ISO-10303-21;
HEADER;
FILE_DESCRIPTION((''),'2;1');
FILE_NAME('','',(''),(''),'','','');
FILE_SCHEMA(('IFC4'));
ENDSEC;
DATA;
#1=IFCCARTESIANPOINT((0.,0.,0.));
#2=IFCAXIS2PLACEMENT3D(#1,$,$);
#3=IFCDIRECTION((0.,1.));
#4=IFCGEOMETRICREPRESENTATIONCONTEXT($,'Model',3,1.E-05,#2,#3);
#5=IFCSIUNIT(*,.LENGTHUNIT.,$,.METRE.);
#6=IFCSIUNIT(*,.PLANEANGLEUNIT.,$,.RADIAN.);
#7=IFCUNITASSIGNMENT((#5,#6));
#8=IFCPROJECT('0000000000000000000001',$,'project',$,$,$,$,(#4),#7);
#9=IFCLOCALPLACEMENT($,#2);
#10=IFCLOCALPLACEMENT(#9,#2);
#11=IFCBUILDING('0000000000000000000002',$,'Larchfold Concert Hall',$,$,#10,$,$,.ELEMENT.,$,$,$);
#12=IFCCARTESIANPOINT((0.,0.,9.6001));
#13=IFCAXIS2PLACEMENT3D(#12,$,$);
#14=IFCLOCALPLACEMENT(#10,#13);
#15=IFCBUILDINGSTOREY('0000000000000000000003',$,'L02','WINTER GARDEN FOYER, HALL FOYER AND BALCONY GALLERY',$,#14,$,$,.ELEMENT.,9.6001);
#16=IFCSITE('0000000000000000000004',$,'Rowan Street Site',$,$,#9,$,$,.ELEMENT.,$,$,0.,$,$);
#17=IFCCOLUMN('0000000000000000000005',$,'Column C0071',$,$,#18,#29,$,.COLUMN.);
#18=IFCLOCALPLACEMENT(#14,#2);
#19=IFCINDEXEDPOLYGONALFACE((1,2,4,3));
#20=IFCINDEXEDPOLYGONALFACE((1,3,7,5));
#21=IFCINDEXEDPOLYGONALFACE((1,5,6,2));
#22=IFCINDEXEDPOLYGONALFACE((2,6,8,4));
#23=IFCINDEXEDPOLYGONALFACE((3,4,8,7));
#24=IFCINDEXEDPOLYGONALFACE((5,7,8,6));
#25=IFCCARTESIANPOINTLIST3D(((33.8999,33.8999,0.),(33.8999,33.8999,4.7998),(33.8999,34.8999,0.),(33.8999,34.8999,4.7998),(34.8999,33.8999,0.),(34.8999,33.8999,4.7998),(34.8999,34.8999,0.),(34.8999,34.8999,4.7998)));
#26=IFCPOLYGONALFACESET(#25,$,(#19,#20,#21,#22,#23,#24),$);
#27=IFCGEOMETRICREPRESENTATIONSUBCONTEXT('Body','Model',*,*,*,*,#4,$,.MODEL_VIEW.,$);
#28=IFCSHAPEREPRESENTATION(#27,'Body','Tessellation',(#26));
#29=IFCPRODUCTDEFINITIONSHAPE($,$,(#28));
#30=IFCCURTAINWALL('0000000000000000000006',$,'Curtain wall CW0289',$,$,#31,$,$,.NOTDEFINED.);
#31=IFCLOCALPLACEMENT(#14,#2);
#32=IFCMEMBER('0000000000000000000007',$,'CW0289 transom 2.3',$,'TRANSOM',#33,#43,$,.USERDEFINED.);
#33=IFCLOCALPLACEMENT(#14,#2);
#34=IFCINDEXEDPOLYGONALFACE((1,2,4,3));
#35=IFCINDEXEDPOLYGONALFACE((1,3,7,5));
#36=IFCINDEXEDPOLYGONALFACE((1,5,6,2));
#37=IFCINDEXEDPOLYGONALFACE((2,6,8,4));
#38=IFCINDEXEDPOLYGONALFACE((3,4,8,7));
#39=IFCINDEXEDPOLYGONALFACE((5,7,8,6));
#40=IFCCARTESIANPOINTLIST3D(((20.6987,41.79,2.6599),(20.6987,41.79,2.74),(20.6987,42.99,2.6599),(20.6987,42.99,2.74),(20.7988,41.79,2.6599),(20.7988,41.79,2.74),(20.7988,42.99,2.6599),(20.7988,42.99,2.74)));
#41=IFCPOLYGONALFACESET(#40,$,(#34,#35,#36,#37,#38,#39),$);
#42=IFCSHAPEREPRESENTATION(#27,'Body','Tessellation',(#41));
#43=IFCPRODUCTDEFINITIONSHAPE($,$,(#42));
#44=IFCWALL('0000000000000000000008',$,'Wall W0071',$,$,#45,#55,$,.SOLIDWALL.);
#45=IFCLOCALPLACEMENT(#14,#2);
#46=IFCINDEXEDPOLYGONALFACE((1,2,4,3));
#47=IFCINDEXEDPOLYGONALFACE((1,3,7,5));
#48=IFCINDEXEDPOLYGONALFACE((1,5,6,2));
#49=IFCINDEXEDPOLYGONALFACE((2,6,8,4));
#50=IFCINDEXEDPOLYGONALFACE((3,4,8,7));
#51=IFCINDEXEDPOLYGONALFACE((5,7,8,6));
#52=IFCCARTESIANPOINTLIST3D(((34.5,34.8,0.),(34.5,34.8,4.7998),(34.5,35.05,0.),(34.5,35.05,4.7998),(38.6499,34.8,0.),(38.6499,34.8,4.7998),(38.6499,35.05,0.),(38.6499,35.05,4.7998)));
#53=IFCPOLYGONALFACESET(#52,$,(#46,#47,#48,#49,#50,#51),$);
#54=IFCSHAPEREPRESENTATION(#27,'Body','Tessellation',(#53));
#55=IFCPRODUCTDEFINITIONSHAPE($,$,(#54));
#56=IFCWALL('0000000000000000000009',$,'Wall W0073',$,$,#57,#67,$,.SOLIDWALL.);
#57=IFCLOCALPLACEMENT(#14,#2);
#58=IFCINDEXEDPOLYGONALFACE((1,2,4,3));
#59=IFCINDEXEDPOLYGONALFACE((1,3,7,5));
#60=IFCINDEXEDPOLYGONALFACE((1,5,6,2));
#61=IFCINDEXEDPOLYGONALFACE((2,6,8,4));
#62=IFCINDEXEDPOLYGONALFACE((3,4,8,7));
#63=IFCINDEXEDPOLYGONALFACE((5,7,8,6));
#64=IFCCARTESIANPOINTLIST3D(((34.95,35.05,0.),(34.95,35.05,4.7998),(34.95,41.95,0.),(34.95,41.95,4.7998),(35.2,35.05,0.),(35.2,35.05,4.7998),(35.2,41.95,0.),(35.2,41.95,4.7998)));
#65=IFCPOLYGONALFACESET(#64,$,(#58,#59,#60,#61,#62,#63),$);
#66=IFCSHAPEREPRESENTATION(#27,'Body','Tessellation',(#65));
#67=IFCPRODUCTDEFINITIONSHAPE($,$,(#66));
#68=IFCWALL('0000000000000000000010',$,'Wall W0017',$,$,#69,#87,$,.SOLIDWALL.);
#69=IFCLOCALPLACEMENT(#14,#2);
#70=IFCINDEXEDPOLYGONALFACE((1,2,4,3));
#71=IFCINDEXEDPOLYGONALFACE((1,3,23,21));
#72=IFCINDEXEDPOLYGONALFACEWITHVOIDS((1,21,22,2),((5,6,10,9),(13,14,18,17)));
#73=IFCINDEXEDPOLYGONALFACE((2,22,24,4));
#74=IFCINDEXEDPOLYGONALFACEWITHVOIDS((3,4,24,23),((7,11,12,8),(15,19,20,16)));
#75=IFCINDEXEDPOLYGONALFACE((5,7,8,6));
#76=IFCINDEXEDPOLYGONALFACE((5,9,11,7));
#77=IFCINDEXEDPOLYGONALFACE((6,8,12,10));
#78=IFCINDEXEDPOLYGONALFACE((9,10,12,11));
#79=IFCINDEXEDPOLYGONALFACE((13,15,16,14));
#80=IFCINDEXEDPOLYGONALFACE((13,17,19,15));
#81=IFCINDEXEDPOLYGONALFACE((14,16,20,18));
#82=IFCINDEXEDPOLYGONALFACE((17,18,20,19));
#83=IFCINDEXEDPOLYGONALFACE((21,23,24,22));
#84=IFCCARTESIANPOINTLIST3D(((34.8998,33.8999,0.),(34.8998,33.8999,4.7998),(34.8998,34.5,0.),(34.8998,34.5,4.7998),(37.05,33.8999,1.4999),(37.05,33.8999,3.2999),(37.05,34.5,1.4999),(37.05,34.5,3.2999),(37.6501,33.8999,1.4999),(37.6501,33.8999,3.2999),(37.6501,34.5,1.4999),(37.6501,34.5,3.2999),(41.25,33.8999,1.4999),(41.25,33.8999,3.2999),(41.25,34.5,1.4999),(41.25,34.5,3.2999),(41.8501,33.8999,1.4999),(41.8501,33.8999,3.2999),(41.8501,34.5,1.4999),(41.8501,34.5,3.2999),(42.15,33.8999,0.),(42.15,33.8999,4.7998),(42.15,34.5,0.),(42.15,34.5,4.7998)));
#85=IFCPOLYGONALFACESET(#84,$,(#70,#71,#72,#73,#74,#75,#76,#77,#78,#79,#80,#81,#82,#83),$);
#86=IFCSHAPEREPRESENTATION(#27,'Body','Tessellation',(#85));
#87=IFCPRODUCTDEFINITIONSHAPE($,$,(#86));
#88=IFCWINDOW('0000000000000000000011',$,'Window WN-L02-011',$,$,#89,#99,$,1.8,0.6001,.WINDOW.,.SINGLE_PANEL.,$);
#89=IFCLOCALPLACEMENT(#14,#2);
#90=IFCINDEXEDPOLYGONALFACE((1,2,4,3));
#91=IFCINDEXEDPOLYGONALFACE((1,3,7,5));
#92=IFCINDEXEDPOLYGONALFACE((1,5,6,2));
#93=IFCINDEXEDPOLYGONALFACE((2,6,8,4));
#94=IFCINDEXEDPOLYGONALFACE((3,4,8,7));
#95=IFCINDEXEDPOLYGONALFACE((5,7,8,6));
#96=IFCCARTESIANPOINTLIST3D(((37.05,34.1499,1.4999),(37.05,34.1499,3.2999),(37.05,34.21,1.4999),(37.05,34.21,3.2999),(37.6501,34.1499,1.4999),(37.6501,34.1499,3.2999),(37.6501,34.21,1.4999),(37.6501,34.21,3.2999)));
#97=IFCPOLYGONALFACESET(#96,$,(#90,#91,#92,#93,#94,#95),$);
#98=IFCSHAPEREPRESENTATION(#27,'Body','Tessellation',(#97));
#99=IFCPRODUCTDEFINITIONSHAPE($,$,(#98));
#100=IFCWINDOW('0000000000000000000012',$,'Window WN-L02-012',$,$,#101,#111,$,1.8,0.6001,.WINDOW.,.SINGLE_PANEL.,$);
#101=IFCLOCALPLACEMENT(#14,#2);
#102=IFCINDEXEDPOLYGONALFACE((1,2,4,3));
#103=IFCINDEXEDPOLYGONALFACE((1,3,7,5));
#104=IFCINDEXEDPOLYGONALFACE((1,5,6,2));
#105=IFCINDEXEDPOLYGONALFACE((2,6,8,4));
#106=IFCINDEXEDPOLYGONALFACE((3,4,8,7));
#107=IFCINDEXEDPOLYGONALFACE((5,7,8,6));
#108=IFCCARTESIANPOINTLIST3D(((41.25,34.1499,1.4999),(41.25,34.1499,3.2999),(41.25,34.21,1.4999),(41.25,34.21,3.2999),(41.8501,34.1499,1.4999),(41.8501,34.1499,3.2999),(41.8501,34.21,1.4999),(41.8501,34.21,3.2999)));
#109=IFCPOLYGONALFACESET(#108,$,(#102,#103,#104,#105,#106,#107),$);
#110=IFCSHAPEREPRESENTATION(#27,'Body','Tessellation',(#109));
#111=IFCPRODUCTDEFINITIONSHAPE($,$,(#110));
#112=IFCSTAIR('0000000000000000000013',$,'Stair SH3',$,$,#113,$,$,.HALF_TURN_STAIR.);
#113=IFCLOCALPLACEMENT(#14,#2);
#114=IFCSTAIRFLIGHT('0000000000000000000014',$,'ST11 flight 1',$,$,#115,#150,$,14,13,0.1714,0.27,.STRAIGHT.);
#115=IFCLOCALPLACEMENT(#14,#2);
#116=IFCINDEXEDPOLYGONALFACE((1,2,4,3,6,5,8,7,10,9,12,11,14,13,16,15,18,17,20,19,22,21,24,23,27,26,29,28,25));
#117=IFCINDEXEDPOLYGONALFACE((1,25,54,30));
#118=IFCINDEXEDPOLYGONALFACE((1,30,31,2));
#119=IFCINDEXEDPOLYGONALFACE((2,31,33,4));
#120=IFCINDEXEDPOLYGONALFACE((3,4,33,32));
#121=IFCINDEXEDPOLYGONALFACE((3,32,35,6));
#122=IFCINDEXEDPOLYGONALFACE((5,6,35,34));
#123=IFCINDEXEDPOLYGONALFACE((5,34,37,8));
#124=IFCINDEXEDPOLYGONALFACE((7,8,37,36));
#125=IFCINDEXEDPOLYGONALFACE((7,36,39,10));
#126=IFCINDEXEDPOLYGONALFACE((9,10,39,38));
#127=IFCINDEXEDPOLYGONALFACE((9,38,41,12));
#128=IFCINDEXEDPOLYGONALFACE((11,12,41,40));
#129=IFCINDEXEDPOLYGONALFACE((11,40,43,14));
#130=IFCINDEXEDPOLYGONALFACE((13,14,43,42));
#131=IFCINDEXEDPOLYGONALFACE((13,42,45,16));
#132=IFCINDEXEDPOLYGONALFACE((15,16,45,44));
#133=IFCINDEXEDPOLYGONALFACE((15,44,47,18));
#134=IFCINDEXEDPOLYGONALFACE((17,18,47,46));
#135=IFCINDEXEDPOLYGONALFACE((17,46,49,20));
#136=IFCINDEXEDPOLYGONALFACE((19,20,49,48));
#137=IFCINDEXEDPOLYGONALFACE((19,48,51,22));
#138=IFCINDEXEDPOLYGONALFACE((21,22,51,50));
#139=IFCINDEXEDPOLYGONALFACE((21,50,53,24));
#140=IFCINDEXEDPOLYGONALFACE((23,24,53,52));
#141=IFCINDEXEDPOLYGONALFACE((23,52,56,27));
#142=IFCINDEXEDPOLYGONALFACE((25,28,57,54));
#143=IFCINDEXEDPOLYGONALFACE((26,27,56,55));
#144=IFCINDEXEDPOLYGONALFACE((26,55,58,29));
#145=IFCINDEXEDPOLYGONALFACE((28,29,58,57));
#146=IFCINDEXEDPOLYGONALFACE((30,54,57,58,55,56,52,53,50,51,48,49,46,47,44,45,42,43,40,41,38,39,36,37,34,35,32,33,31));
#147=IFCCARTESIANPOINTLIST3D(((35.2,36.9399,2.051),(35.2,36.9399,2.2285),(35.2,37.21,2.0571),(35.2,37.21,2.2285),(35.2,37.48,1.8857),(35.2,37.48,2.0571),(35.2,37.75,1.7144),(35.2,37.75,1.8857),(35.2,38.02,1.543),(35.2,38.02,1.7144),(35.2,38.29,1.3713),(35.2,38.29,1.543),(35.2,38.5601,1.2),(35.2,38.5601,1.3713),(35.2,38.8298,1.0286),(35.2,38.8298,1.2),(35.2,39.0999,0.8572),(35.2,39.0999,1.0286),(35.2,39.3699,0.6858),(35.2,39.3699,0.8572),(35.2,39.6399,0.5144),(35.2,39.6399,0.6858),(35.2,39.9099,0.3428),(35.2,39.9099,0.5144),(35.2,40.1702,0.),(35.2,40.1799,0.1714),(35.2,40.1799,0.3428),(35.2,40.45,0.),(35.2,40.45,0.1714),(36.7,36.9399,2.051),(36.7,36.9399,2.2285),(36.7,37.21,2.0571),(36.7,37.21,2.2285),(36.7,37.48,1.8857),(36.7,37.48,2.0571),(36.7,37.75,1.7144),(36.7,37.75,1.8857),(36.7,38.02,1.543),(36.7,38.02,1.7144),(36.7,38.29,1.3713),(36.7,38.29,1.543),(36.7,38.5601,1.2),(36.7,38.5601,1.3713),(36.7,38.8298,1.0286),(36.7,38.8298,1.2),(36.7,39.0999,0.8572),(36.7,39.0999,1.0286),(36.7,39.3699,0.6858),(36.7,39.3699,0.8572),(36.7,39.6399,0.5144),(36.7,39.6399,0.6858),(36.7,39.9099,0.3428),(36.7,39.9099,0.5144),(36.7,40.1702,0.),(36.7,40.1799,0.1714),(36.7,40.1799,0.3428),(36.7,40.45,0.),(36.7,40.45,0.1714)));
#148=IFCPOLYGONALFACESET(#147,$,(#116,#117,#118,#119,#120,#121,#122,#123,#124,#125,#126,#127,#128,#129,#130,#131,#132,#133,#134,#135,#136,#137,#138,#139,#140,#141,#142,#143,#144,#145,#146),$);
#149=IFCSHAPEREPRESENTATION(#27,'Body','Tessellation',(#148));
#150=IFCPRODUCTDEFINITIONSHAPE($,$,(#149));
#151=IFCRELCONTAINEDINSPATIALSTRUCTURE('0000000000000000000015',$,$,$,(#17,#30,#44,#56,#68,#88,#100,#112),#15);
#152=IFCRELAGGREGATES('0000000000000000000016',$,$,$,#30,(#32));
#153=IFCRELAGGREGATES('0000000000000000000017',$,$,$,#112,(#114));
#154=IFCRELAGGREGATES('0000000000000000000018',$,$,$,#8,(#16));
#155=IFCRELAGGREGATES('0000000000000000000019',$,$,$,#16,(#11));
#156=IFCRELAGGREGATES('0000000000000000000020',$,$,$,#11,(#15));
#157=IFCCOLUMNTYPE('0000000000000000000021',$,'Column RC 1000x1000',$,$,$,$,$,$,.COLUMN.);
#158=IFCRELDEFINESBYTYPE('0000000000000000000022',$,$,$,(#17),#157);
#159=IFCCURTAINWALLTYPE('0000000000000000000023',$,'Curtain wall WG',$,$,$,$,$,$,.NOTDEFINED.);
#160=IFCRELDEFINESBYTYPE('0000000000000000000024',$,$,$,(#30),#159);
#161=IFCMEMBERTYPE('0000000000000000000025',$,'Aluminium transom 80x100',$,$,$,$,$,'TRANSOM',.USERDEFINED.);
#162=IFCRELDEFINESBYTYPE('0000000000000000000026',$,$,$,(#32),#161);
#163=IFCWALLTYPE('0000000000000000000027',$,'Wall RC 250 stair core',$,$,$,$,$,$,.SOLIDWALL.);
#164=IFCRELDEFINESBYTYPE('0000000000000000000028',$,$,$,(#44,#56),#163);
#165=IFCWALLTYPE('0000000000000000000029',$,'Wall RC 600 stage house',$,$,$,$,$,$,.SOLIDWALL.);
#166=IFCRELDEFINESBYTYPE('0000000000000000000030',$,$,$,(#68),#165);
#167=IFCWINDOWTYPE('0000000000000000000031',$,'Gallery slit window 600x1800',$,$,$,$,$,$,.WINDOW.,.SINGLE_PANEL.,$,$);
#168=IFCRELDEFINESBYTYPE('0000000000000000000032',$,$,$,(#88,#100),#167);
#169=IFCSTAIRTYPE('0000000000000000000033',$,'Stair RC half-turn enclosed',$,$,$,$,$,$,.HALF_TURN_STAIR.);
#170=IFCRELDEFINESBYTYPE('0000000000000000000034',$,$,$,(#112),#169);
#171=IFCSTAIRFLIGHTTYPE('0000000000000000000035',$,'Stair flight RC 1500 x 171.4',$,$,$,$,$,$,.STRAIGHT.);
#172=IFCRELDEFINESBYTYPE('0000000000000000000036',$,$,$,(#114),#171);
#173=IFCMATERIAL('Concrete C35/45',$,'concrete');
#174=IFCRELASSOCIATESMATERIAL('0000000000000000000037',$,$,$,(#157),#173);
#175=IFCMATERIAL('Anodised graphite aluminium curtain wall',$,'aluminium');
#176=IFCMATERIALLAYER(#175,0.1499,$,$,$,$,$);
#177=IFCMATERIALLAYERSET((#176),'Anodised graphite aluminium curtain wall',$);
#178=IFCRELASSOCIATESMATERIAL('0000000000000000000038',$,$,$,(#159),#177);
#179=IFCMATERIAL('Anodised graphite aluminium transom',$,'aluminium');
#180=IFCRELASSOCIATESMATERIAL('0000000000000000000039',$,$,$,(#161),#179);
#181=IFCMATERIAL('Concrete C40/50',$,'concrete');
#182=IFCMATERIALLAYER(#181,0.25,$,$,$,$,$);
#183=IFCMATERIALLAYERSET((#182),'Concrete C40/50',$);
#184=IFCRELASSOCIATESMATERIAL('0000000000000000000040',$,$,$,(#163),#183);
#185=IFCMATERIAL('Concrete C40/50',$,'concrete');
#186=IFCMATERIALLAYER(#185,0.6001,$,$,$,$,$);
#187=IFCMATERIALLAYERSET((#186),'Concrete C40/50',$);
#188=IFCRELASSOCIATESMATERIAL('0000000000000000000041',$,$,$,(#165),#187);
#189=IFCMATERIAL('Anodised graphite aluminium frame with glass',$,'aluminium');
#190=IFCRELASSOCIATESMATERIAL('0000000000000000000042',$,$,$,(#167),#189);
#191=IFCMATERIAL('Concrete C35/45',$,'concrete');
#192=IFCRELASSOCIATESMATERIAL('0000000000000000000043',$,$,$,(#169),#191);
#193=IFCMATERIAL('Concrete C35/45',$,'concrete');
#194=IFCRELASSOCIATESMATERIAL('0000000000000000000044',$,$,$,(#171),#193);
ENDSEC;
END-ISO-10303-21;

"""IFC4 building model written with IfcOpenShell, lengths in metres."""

from ifc_helpers import new_model, si_unit, direction, frame, frame_2d, origin, origin_2d, place, context, subcontext, project, spatial, polyline, rectangle, outline, extrude, material, layer, layer_set, material_profile, profile_set, type_object, element, fill, aggregate, save


model = new_model("IFC4")

# Units and contexts
model_context = context("Model", 3, precision=1e-05, world=origin(), true_north=direction((0.0, 1.0)))
body_context = subcontext(model_context, "Body", "Model", "MODEL_VIEW")
ifc_project = project(units=[si_unit("LENGTHUNIT", "METRE"), si_unit("PLANEANGLEUNIT", "RADIAN")], contexts=[model_context])

# Site, building, storey
site_placement = place(None, origin())
site = spatial("IfcSite", under=ifc_project, at=site_placement, Name="Rowan Street Site", CompositionType="ELEMENT", RefElevation=0.0)
building_placement = place(site_placement, origin())
building = spatial("IfcBuilding", under=site, at=building_placement, Name="Larchfold Concert Hall", CompositionType="ELEMENT")
storey_placement = place(building_placement, frame((0.0, 0.0, 9.6001)))
storey = spatial("IfcBuildingStorey", under=building, at=storey_placement, Name="L02", Description="WINTER GARDEN FOYER, HALL FOYER AND BALCONY GALLERY", CompositionType="ELEMENT", Elevation=9.6001)

# Column
ifc_material_1 = material(Name="Concrete C35/45", Category="concrete")
ifc_material_profile_1 = material_profile(ifc_material_1, rectangle(XDim=1.0, YDim=1.0, at=origin_2d()))
ifc_profile_set_1 = profile_set([ifc_material_profile_1], Name="Concrete C35/45")
column_type = type_object("IfcColumnType", Name="Column RC 1000x1000", PredefinedType="COLUMN", material=ifc_profile_set_1)
column_placement = place(storey_placement, frame((34.3999, 34.3999, 0.0), z_axis=(0.0, 0.0, 1.0), x_axis=(1.0, 0.0, 0.0)))
element("IfcColumn", 1, at=column_placement, inside=storey, type_object=column_type, Name="Column C0071", PredefinedType="COLUMN", context=body_context, shape_type="SweptSolid", body=[
    extrude(rectangle(XDim=1.0, YDim=1.0, at=origin_2d()), origin(), (0.0, 0.0, 1.0), 4.7998),
])

# Curtain wall, member
ifc_material_2 = material(Name="Anodised graphite aluminium curtain wall", Category="aluminium")
ifc_layer_1 = layer(ifc_material_2, 0.1499)
ifc_layer_set_1 = layer_set([ifc_layer_1], Name="Anodised graphite aluminium curtain wall")
curtain_wall_type = type_object("IfcCurtainWallType", Name="Curtain wall WG", PredefinedType="NOTDEFINED", material=ifc_layer_set_1)
curtain_wall_placement = place(storey_placement, origin())
curtain_wall = element("IfcCurtainWall", 2, at=curtain_wall_placement, inside=storey, type_object=curtain_wall_type, Name="Curtain wall CW0289", PredefinedType="NOTDEFINED")
ifc_material_3 = material(Name="Anodised graphite aluminium transom", Category="aluminium")
ifc_material_profile_2 = material_profile(ifc_material_3, rectangle(XDim=0.1001, YDim=0.0801, at=origin_2d()))
ifc_profile_set_2 = profile_set([ifc_material_profile_2], Name="Anodised graphite aluminium transom")
member_type = type_object("IfcMemberType", Name="Aluminium transom 80x100", ElementType="TRANSOM", PredefinedType="USERDEFINED", material=ifc_profile_set_2)
member_placement = place(storey_placement, frame((20.7488, 41.79, 2.7), z_axis=(0.0, 1.0, 0.0), x_axis=(-1.0, 0.0, 0.0)))
member = element("IfcMember", 3, at=member_placement, type_object=member_type, Name="CW0289 transom 2.3", ObjectType="TRANSOM", PredefinedType="USERDEFINED", context=body_context, shape_type="SweptSolid", body=[
    extrude(rectangle(XDim=0.1001, YDim=0.0801, at=origin_2d()), origin(), (0.0, 0.0, 1.0), 1.2),
])
aggregate(curtain_wall, [member])

# Walls
ifc_material_4 = material(Name="Concrete C40/50", Category="concrete")
ifc_layer_2 = layer(ifc_material_4, 0.25)
ifc_layer_set_2 = layer_set([ifc_layer_2], Name="Concrete C40/50")
wall_type_1 = type_object("IfcWallType", Name="Wall RC 250 stair core", PredefinedType="SOLIDWALL", material=ifc_layer_set_2)
wall_1_placement = place(storey_placement, frame((34.5, 34.925, 0.0), z_axis=(0.0, 0.0, 1.0), x_axis=(1.0, 0.0, 0.0)))
element("IfcWall", 4, at=wall_1_placement, inside=storey, type_object=wall_type_1, Name="Wall W0071", PredefinedType="SOLIDWALL", context=body_context, shape_type="SweptSolid", body=[
    extrude(rectangle(XDim=4.1499, YDim=0.25, at=frame_2d((2.075, 0.0))), origin(), (0.0, 0.0, 1.0), 4.7998),
])
wall_2_placement = place(storey_placement, frame((35.075, 35.05, 0.0), z_axis=(0.0, 0.0, 1.0), x_axis=(0.0, 1.0, 0.0)))
element("IfcWall", 5, at=wall_2_placement, inside=storey, type_object=wall_type_1, Name="Wall W0073", PredefinedType="SOLIDWALL", context=body_context, shape_type="SweptSolid", body=[
    extrude(rectangle(XDim=6.8999, YDim=0.25, at=frame_2d((3.45, 0.0))), origin(), (0.0, 0.0, 1.0), 4.7998),
])

# Wall, openings, windows
ifc_material_5 = material(Name="Concrete C40/50", Category="concrete")
ifc_layer_3 = layer(ifc_material_5, 0.6001)
ifc_layer_set_3 = layer_set([ifc_layer_3], Name="Concrete C40/50")
wall_type_2 = type_object("IfcWallType", Name="Wall RC 600 stage house", PredefinedType="SOLIDWALL", material=ifc_layer_set_3)
wall_3_placement = place(storey_placement, frame((34.8999, 34.2, 0.0), z_axis=(0.0, 0.0, 1.0), x_axis=(1.0, 0.0, 0.0)))
wall_3 = element("IfcWall", 6, at=wall_3_placement, inside=storey, type_object=wall_type_2, Name="Wall W0017", PredefinedType="SOLIDWALL", context=body_context, shape_type="SweptSolid", body=[
    extrude(rectangle(XDim=7.2502, YDim=0.6001, at=frame_2d((3.625, 0.0))), origin(), (0.0, 0.0, 1.0), 4.7998),
])
opening_1_placement = place(wall_3_placement, frame((2.1501, 0.0, 1.5)))
opening_1 = element("IfcOpeningElement", 7, at=opening_1_placement, cuts=wall_3, PredefinedType="OPENING", context=body_context, shape_type="SweptSolid", body=[
    extrude(rectangle(XDim=0.6001, YDim=1.8, at=frame_2d((0.3, 0.8999))), frame((0.0, 0.3101, 0.0), z_axis=(0.0, -1.0, 0.0), x_axis=(1.0, 0.0, 0.0)), (0.0, 0.0, 1.0), 0.6201),
])
opening_2_placement = place(wall_3_placement, frame((6.3501, 0.0, 1.5)))
opening_2 = element("IfcOpeningElement", 8, at=opening_2_placement, cuts=wall_3, PredefinedType="OPENING", context=body_context, shape_type="SweptSolid", body=[
    extrude(rectangle(XDim=0.6001, YDim=1.8, at=frame_2d((0.3, 0.8999))), frame((0.0, 0.3101, 0.0), z_axis=(0.0, -1.0, 0.0), x_axis=(1.0, 0.0, 0.0)), (0.0, 0.0, 1.0), 0.6201),
])
ifc_material_6 = material(Name="Anodised graphite aluminium frame with glass", Category="aluminium")
window_type = type_object("IfcWindowType", Name="Gallery slit window 600x1800", PartitioningType="SINGLE_PANEL", PredefinedType="WINDOW", material=ifc_material_6)
window_1_placement = place(opening_1_placement, origin())
window_1 = element("IfcWindow", 9, at=window_1_placement, inside=storey, type_object=window_type, Name="Window WN-L02-011", OverallHeight=1.8, OverallWidth=0.6001, PartitioningType="SINGLE_PANEL", PredefinedType="WINDOW", context=body_context, shape_type="SweptSolid", body=[
    extrude(rectangle(XDim=0.6001, YDim=1.8, at=frame_2d((0.3, 0.8999))), frame((0.0, 0.01, 0.0), z_axis=(0.0, -1.0, 0.0), x_axis=(1.0, 0.0, 0.0)), (0.0, 0.0, 1.0), 0.0601),
])
fill(opening_1, window_1)
window_2_placement = place(opening_2_placement, origin())
window_2 = element("IfcWindow", 10, at=window_2_placement, inside=storey, type_object=window_type, Name="Window WN-L02-012", OverallHeight=1.8, OverallWidth=0.6001, PartitioningType="SINGLE_PANEL", PredefinedType="WINDOW", context=body_context, shape_type="SweptSolid", body=[
    extrude(rectangle(XDim=0.6001, YDim=1.8, at=frame_2d((0.3, 0.8999))), frame((0.0, 0.01, 0.0), z_axis=(0.0, -1.0, 0.0), x_axis=(1.0, 0.0, 0.0)), (0.0, 0.0, 1.0), 0.0601),
])
fill(opening_2, window_2)

# Stair, stair flight
ifc_material_7 = material(Name="Concrete C35/45", Category="concrete")
stair_type = type_object("IfcStairType", Name="Stair RC half-turn enclosed", PredefinedType="HALF_TURN_STAIR", material=ifc_material_7)
stair_placement = place(storey_placement, origin())
stair = element("IfcStair", 11, at=stair_placement, inside=storey, type_object=stair_type, Name="Stair SH3", PredefinedType="HALF_TURN_STAIR")
ifc_material_8 = material(Name="Concrete C35/45", Category="concrete")
stair_flight_type = type_object("IfcStairFlightType", Name="Stair flight RC 1500 x 171.4", PredefinedType="STRAIGHT", material=ifc_material_8)
stair_flight_1_placement = place(storey_placement, frame((35.95, 40.45, 0.0), z_axis=(0.0, 0.0, 1.0), x_axis=(0.0, -1.0, 0.0)))
stair_flight_1 = element("IfcStairFlight", 12, at=stair_flight_1_placement, type_object=stair_flight_type, Name="ST11 flight 1", NumberOfRisers=14, NumberOfTreads=13, PredefinedType="STRAIGHT", RiserHeight=0.1714, TreadLength=0.27, context=body_context, shape_type="SweptSolid", body=[
    extrude(outline(polyline([(0.0, 0.0), (0.0, 0.1714), (0.27, 0.1714), (0.27, 0.3428), (0.54, 0.3428), (0.54, 0.5144), (0.8101, 0.5144), (0.8101, 0.6858), (1.0801, 0.6858), (1.0801, 0.8572), (1.3501, 0.8572), (1.3501, 1.0286), (1.6201, 1.0286), (1.6201, 1.2), (1.8899, 1.2), (1.8899, 1.3713), (2.1599, 1.3713), (2.1599, 1.543), (2.4299, 1.543), (2.4299, 1.7144), (2.7, 1.7144), (2.7, 1.8857), (2.97, 1.8857), (2.97, 2.0571), (3.24, 2.0571), (3.24, 2.2285), (3.51, 2.2285), (3.51, 2.3999), (3.51, 2.051), (0.2798, 0.0), (0.0, 0.0)])), frame((0.0, 0.75, 0.0), z_axis=(0.0, -1.0, 0.0), x_axis=(1.0, 0.0, 0.0)), (0.0, 0.0, 1.0), 1.5),
])
aggregate(stair, [stair_flight_1])

save(model, "model.ifc")
